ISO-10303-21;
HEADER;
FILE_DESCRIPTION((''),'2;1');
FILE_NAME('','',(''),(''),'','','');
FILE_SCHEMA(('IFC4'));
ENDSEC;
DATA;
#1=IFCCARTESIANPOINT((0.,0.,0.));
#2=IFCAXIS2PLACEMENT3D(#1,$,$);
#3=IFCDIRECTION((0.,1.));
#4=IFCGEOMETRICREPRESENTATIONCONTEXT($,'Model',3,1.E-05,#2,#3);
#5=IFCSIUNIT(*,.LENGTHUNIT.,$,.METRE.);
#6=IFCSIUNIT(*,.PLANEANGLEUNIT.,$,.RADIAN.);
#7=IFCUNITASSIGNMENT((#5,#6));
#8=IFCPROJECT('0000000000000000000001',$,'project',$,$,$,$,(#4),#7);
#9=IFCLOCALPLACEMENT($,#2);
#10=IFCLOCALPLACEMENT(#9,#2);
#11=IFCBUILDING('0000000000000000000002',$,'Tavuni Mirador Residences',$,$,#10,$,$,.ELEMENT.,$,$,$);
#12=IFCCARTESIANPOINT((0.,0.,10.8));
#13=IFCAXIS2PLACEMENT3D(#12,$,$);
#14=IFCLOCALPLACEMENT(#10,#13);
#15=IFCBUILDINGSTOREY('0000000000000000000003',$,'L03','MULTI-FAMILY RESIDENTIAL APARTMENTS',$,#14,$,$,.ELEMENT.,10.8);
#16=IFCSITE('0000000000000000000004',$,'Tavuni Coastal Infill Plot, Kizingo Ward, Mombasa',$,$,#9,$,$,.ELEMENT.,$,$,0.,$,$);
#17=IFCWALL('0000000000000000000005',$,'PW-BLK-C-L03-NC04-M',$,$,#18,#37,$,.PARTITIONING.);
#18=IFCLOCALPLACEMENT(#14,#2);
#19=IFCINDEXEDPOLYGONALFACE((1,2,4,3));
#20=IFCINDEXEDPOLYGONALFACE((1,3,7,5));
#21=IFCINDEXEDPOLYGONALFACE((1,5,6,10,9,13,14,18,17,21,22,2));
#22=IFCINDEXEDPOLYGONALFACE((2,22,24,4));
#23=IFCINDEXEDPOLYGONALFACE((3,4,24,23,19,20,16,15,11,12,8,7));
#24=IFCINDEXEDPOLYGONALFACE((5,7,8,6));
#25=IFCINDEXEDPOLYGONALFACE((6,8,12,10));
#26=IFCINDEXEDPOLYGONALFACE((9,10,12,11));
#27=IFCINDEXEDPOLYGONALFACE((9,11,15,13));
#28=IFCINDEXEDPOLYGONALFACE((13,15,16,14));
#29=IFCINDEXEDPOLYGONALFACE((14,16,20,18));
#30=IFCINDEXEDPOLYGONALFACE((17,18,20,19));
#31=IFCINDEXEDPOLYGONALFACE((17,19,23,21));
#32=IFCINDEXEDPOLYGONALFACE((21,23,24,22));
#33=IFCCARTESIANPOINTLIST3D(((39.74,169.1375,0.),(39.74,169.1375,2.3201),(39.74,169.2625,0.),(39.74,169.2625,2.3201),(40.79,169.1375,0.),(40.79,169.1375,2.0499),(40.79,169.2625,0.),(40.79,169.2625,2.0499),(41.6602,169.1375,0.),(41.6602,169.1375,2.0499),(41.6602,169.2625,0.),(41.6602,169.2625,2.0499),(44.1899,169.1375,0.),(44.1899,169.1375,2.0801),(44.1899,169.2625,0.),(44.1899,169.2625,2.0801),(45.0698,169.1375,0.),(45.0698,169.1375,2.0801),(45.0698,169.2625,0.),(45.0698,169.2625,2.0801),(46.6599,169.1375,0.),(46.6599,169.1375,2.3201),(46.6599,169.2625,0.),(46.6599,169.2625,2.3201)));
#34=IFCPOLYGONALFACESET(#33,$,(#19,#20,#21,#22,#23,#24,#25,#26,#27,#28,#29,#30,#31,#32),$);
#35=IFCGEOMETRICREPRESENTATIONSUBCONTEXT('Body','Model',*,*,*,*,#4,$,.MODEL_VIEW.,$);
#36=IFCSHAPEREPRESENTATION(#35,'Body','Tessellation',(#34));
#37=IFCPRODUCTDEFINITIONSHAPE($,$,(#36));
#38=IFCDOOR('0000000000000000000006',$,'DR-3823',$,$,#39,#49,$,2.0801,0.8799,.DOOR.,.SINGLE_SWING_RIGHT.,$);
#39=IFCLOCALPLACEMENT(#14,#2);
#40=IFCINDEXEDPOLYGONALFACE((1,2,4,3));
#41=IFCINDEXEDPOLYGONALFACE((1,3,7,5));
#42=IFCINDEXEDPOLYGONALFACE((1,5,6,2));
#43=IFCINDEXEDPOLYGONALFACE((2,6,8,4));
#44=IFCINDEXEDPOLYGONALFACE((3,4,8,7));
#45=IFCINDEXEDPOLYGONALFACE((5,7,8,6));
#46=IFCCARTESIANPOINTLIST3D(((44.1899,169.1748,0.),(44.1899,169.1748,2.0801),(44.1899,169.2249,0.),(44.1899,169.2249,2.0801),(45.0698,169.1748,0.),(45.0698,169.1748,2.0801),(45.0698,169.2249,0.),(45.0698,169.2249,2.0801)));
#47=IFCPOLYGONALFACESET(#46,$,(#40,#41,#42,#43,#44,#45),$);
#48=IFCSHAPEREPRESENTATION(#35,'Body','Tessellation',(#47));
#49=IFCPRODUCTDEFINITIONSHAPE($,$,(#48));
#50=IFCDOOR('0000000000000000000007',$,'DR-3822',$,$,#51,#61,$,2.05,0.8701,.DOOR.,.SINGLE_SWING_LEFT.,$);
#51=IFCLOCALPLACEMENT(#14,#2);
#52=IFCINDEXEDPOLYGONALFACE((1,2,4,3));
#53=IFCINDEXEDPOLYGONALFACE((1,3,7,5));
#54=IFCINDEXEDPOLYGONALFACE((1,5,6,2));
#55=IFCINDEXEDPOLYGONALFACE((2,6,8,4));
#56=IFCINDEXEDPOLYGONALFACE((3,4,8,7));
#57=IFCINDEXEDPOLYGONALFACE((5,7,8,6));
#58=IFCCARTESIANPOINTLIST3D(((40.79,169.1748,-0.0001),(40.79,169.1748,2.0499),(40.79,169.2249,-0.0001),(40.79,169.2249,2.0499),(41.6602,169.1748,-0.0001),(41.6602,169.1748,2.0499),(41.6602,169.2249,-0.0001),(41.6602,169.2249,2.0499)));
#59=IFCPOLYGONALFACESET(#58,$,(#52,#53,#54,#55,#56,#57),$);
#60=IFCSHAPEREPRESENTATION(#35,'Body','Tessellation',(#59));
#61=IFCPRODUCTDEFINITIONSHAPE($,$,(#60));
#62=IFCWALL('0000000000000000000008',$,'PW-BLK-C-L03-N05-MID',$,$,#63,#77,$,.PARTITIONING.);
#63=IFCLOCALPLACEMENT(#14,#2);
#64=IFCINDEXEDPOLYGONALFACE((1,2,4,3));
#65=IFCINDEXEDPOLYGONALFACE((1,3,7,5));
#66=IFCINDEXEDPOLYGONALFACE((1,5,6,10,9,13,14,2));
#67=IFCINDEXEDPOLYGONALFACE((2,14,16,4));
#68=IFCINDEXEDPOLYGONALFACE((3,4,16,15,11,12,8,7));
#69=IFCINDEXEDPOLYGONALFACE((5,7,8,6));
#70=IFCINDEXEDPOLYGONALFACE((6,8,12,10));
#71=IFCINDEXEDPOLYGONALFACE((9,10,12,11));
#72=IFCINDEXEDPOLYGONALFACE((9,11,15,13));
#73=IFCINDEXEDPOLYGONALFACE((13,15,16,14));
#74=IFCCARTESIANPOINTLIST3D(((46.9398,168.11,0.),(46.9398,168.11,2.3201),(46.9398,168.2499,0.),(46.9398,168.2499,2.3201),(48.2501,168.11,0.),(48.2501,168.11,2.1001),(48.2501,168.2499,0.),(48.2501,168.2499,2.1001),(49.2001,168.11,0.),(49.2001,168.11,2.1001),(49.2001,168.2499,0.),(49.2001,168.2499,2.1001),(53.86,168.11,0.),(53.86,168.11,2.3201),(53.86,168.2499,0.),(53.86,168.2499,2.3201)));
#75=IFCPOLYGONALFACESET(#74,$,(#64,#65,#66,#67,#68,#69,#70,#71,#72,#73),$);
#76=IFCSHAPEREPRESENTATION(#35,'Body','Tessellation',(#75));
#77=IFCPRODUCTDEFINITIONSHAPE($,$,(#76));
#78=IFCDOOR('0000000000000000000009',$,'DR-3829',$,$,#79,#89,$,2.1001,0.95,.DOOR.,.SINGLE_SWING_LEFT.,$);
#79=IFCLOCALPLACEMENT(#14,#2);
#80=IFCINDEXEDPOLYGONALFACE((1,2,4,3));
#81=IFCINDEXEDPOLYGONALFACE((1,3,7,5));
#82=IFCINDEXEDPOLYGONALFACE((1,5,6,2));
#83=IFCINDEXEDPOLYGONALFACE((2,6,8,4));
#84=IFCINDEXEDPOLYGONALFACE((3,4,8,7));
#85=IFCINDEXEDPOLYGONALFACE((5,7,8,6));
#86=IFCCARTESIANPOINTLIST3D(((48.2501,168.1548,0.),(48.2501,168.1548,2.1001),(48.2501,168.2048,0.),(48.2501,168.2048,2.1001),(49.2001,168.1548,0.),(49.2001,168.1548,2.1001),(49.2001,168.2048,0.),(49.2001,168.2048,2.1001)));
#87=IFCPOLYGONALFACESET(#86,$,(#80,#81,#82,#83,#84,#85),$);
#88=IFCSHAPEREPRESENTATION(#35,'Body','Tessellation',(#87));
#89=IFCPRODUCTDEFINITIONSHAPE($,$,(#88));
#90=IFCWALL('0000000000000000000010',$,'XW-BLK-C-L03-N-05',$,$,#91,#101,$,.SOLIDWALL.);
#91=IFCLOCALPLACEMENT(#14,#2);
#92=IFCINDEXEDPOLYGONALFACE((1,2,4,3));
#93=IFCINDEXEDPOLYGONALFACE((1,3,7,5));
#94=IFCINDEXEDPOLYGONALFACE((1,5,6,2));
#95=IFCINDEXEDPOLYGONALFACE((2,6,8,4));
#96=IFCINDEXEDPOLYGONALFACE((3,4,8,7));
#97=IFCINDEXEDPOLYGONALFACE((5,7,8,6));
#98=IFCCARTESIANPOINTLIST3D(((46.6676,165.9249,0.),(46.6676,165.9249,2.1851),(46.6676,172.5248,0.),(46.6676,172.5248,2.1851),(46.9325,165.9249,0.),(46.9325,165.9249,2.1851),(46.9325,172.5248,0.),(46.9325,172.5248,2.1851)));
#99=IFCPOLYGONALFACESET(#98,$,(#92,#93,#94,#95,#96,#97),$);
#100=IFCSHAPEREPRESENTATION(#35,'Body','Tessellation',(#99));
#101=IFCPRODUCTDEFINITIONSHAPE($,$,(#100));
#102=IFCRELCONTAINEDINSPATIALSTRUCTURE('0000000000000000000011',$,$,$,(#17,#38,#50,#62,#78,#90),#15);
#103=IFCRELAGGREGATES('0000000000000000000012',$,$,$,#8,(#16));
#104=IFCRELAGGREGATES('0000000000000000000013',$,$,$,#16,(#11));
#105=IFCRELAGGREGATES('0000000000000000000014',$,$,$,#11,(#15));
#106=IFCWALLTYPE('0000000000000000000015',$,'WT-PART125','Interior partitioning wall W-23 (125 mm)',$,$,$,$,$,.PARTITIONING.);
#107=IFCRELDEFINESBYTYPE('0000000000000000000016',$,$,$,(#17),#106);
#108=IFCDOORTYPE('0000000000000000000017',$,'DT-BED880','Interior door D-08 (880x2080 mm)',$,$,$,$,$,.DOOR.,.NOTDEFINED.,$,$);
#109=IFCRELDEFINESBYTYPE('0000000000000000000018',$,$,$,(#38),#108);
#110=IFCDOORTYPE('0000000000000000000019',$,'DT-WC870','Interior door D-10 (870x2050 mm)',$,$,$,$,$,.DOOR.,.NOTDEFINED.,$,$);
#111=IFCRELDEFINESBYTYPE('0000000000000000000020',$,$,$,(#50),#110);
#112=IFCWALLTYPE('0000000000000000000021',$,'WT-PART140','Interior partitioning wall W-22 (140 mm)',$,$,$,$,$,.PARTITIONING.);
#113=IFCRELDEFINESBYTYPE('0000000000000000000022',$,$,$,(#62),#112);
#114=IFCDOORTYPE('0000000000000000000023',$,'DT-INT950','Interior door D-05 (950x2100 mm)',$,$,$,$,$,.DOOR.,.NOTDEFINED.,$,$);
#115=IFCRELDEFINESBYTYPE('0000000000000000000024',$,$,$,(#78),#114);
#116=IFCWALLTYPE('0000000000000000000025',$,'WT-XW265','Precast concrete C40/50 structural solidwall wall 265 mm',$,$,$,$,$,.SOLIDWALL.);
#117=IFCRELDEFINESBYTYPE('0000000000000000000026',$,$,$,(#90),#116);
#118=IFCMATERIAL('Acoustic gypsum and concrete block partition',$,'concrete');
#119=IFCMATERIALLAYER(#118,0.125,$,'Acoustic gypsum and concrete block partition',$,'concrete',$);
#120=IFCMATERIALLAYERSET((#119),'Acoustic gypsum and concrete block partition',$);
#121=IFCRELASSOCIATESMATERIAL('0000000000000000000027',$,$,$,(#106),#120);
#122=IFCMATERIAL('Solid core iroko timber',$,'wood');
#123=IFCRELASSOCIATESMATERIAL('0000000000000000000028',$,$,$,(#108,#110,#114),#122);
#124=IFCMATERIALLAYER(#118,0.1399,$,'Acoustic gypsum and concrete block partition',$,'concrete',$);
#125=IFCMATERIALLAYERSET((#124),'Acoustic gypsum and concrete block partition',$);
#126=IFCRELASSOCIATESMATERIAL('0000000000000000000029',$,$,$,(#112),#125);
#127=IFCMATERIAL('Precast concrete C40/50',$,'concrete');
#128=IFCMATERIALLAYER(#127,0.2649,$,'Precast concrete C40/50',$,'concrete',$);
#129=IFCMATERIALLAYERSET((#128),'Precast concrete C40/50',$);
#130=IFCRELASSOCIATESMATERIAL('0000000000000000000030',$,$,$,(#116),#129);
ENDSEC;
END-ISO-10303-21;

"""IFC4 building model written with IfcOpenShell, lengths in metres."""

from ifc_helpers import new_model, si_unit, direction, frame, frame_2d, origin, place, context, subcontext, project, spatial, rectangle, extrude, material, layer, layer_set, type_object, element, fill, save


model = new_model("IFC4")

# Units and contexts
model_context = context("Model", 3, precision=1e-05, world=origin(), true_north=direction((0.0, 1.0)))
body_context = subcontext(model_context, "Body", "Model", "MODEL_VIEW")
ifc_project = project(units=[si_unit("LENGTHUNIT", "METRE"), si_unit("PLANEANGLEUNIT", "RADIAN")], contexts=[model_context])

# Site, building, storey
site_placement = place(None, origin())
site = spatial("IfcSite", under=ifc_project, at=site_placement, Name="Tavuni Coastal Infill Plot, Kizingo Ward, Mombasa", CompositionType="ELEMENT", RefElevation=0.0)
building_placement = place(site_placement, origin())
building = spatial("IfcBuilding", under=site, at=building_placement, Name="Tavuni Mirador Residences", CompositionType="ELEMENT")
storey_placement = place(building_placement, frame((0.0, 0.0, 10.8)))
storey = spatial("IfcBuildingStorey", under=building, at=storey_placement, Name="L03", Description="MULTI-FAMILY RESIDENTIAL APARTMENTS", CompositionType="ELEMENT", Elevation=10.8)

# Shared definitions
ifc_material_1 = material(Name="Precast concrete C40/50", Category="concrete")

# Shared definitions
ifc_material_2 = material(Name="Solid core iroko timber", Category="wood")

# Shared definitions
ifc_material_3 = material(Name="Acoustic gypsum and concrete block partition", Category="concrete")

# Wall, openings, doors
ifc_layer_1 = layer(ifc_material_3, 0.125, Name="Acoustic gypsum and concrete block partition", Category="concrete")
ifc_layer_set_1 = layer_set([ifc_layer_1], Name="Acoustic gypsum and concrete block partition")
wall_type_1 = type_object("IfcWallType", Name="WT-PART125", Description="Interior partitioning wall W-23 (125 mm)", PredefinedType="PARTITIONING", material=ifc_layer_set_1)
wall_1_placement = place(storey_placement, frame((39.74, 169.2, 0.0), z_axis=(0.0, 0.0, 1.0), x_axis=(1.0, 0.0, 0.0)))
wall_1 = element("IfcWall", 1, at=wall_1_placement, inside=storey, type_object=wall_type_1, Name="PW-BLK-C-L03-NC04-M", PredefinedType="PARTITIONING", context=body_context, shape_type="SweptSolid", body=[
    extrude(rectangle(XDim=6.9199, YDim=0.125, at=frame_2d((3.46, 0.0))), origin(), (0.0, 0.0, 1.0), 2.3201),
])
opening_1_placement = place(wall_1_placement, frame((1.05, 0.0, 0.0)))
opening_1 = element("IfcOpeningElement", 2, at=opening_1_placement, cuts=wall_1, PredefinedType="OPENING", context=body_context, shape_type="SweptSolid", body=[
    extrude(rectangle(XDim=0.8701, YDim=2.05, at=frame_2d((0.4351, 1.0249))), frame((0.0, 0.0725, 0.0), z_axis=(0.0, -1.0, 0.0), x_axis=(1.0, 0.0, 0.0)), (0.0, 0.0, 1.0), 0.145),
])
opening_2_placement = place(wall_1_placement, frame((4.45, 0.0, 0.0)))
opening_2 = element("IfcOpeningElement", 3, at=opening_2_placement, cuts=wall_1, PredefinedType="OPENING", context=body_context, shape_type="SweptSolid", body=[
    extrude(rectangle(XDim=0.8799, YDim=2.0801, at=frame_2d((0.4399, 1.04))), frame((0.0, 0.0725, 0.0), z_axis=(0.0, -1.0, 0.0), x_axis=(1.0, 0.0, 0.0)), (0.0, 0.0, 1.0), 0.145),
])
door_type_1 = type_object("IfcDoorType", Name="DT-BED880", Description="Interior door D-08 (880x2080 mm)", OperationType="NOTDEFINED", PredefinedType="DOOR", material=ifc_material_2)
door_1_placement = place(opening_2_placement, origin())
door_1 = element("IfcDoor", 4, at=door_1_placement, inside=storey, type_object=door_type_1, Name="DR-3823", OperationType="SINGLE_SWING_RIGHT", OverallHeight=2.0801, OverallWidth=0.8799, PredefinedType="DOOR", context=body_context, shape_type="SweptSolid", body=[
    extrude(rectangle(XDim=0.8799, YDim=2.0801, at=frame_2d((0.4399, 1.04))), frame((0.0, 0.0249, 0.0), z_axis=(0.0, -1.0, 0.0), x_axis=(1.0, 0.0, 0.0)), (0.0, 0.0, 1.0), 0.05),
])
fill(opening_2, door_1)
door_type_2 = type_object("IfcDoorType", Name="DT-WC870", Description="Interior door D-10 (870x2050 mm)", OperationType="NOTDEFINED", PredefinedType="DOOR", material=ifc_material_2)
door_2_placement = place(opening_1_placement, origin())
door_2 = element("IfcDoor", 5, at=door_2_placement, inside=storey, type_object=door_type_2, Name="DR-3822", OperationType="SINGLE_SWING_LEFT", OverallHeight=2.05, OverallWidth=0.8701, PredefinedType="DOOR", context=body_context, shape_type="SweptSolid", body=[
    extrude(rectangle(XDim=0.8701, YDim=2.05, at=frame_2d((0.4351, 1.0249))), frame((0.0, 0.0249, 0.0), z_axis=(0.0, -1.0, 0.0), x_axis=(1.0, 0.0, 0.0)), (0.0, 0.0, 1.0), 0.05),
])
fill(opening_1, door_2)

# Wall, opening, door
ifc_layer_2 = layer(ifc_material_3, 0.1399, Name="Acoustic gypsum and concrete block partition", Category="concrete")
ifc_layer_set_2 = layer_set([ifc_layer_2], Name="Acoustic gypsum and concrete block partition")
wall_type_2 = type_object("IfcWallType", Name="WT-PART140", Description="Interior partitioning wall W-22 (140 mm)", PredefinedType="PARTITIONING", material=ifc_layer_set_2)
wall_2_placement = place(storey_placement, frame((46.9399, 168.1799, 0.0), z_axis=(0.0, 0.0, 1.0), x_axis=(1.0, 0.0, 0.0)))
wall_2 = element("IfcWall", 6, at=wall_2_placement, inside=storey, type_object=wall_type_2, Name="PW-BLK-C-L03-N05-MID", PredefinedType="PARTITIONING", context=body_context, shape_type="SweptSolid", body=[
    extrude(rectangle(XDim=6.9202, YDim=0.1399, at=frame_2d((3.46, 0.0))), origin(), (0.0, 0.0, 1.0), 2.3201),
])
opening_3_placement = place(wall_2_placement, frame((1.3101, 0.0, 0.0)))
opening_3 = element("IfcOpeningElement", 7, at=opening_3_placement, cuts=wall_2, PredefinedType="OPENING", context=body_context, shape_type="SweptSolid", body=[
    extrude(rectangle(XDim=0.95, YDim=2.1001, at=frame_2d((0.4751, 1.05))), frame((0.0, 0.0801, 0.0), z_axis=(0.0, -1.0, 0.0), x_axis=(1.0, 0.0, 0.0)), (0.0, 0.0, 1.0), 0.1599),
])
door_type_3 = type_object("IfcDoorType", Name="DT-INT950", Description="Interior door D-05 (950x2100 mm)", OperationType="NOTDEFINED", PredefinedType="DOOR", material=ifc_material_2)
door_3_placement = place(opening_3_placement, origin())
door_3 = element("IfcDoor", 8, at=door_3_placement, inside=storey, type_object=door_type_3, Name="DR-3829", OperationType="SINGLE_SWING_LEFT", OverallHeight=2.1001, OverallWidth=0.95, PredefinedType="DOOR", context=body_context, shape_type="SweptSolid", body=[
    extrude(rectangle(XDim=0.95, YDim=2.1001, at=frame_2d((0.4751, 1.05))), frame((0.0, 0.0249, 0.0), z_axis=(0.0, -1.0, 0.0), x_axis=(1.0, 0.0, 0.0)), (0.0, 0.0, 1.0), 0.05),
])
fill(opening_3, door_3)
ifc_layer_3 = layer(ifc_material_1, 0.2649, Name="Precast concrete C40/50", Category="concrete")
ifc_layer_set_3 = layer_set([ifc_layer_3], Name="Precast concrete C40/50")
wall_type_3 = type_object("IfcWallType", Name="WT-XW265", Description="Precast concrete C40/50 structural solidwall wall 265 mm", PredefinedType="SOLIDWALL", material=ifc_layer_set_3)

# Wall
wall_3_placement = place(storey_placement, frame((46.8, 165.925, 0.0), z_axis=(0.0, 0.0, 1.0), x_axis=(0.0, 1.0, 0.0)))
element("IfcWall", 9, at=wall_3_placement, inside=storey, type_object=wall_type_3, Name="XW-BLK-C-L03-N-05", PredefinedType="SOLIDWALL", context=body_context, shape_type="SweptSolid", body=[
    extrude(rectangle(XDim=6.5999, YDim=0.2649, at=frame_2d((3.2998, 0.0))), origin(), (0.0, 0.0, 1.0), 2.1851),
])

save(model, "model.ifc")
